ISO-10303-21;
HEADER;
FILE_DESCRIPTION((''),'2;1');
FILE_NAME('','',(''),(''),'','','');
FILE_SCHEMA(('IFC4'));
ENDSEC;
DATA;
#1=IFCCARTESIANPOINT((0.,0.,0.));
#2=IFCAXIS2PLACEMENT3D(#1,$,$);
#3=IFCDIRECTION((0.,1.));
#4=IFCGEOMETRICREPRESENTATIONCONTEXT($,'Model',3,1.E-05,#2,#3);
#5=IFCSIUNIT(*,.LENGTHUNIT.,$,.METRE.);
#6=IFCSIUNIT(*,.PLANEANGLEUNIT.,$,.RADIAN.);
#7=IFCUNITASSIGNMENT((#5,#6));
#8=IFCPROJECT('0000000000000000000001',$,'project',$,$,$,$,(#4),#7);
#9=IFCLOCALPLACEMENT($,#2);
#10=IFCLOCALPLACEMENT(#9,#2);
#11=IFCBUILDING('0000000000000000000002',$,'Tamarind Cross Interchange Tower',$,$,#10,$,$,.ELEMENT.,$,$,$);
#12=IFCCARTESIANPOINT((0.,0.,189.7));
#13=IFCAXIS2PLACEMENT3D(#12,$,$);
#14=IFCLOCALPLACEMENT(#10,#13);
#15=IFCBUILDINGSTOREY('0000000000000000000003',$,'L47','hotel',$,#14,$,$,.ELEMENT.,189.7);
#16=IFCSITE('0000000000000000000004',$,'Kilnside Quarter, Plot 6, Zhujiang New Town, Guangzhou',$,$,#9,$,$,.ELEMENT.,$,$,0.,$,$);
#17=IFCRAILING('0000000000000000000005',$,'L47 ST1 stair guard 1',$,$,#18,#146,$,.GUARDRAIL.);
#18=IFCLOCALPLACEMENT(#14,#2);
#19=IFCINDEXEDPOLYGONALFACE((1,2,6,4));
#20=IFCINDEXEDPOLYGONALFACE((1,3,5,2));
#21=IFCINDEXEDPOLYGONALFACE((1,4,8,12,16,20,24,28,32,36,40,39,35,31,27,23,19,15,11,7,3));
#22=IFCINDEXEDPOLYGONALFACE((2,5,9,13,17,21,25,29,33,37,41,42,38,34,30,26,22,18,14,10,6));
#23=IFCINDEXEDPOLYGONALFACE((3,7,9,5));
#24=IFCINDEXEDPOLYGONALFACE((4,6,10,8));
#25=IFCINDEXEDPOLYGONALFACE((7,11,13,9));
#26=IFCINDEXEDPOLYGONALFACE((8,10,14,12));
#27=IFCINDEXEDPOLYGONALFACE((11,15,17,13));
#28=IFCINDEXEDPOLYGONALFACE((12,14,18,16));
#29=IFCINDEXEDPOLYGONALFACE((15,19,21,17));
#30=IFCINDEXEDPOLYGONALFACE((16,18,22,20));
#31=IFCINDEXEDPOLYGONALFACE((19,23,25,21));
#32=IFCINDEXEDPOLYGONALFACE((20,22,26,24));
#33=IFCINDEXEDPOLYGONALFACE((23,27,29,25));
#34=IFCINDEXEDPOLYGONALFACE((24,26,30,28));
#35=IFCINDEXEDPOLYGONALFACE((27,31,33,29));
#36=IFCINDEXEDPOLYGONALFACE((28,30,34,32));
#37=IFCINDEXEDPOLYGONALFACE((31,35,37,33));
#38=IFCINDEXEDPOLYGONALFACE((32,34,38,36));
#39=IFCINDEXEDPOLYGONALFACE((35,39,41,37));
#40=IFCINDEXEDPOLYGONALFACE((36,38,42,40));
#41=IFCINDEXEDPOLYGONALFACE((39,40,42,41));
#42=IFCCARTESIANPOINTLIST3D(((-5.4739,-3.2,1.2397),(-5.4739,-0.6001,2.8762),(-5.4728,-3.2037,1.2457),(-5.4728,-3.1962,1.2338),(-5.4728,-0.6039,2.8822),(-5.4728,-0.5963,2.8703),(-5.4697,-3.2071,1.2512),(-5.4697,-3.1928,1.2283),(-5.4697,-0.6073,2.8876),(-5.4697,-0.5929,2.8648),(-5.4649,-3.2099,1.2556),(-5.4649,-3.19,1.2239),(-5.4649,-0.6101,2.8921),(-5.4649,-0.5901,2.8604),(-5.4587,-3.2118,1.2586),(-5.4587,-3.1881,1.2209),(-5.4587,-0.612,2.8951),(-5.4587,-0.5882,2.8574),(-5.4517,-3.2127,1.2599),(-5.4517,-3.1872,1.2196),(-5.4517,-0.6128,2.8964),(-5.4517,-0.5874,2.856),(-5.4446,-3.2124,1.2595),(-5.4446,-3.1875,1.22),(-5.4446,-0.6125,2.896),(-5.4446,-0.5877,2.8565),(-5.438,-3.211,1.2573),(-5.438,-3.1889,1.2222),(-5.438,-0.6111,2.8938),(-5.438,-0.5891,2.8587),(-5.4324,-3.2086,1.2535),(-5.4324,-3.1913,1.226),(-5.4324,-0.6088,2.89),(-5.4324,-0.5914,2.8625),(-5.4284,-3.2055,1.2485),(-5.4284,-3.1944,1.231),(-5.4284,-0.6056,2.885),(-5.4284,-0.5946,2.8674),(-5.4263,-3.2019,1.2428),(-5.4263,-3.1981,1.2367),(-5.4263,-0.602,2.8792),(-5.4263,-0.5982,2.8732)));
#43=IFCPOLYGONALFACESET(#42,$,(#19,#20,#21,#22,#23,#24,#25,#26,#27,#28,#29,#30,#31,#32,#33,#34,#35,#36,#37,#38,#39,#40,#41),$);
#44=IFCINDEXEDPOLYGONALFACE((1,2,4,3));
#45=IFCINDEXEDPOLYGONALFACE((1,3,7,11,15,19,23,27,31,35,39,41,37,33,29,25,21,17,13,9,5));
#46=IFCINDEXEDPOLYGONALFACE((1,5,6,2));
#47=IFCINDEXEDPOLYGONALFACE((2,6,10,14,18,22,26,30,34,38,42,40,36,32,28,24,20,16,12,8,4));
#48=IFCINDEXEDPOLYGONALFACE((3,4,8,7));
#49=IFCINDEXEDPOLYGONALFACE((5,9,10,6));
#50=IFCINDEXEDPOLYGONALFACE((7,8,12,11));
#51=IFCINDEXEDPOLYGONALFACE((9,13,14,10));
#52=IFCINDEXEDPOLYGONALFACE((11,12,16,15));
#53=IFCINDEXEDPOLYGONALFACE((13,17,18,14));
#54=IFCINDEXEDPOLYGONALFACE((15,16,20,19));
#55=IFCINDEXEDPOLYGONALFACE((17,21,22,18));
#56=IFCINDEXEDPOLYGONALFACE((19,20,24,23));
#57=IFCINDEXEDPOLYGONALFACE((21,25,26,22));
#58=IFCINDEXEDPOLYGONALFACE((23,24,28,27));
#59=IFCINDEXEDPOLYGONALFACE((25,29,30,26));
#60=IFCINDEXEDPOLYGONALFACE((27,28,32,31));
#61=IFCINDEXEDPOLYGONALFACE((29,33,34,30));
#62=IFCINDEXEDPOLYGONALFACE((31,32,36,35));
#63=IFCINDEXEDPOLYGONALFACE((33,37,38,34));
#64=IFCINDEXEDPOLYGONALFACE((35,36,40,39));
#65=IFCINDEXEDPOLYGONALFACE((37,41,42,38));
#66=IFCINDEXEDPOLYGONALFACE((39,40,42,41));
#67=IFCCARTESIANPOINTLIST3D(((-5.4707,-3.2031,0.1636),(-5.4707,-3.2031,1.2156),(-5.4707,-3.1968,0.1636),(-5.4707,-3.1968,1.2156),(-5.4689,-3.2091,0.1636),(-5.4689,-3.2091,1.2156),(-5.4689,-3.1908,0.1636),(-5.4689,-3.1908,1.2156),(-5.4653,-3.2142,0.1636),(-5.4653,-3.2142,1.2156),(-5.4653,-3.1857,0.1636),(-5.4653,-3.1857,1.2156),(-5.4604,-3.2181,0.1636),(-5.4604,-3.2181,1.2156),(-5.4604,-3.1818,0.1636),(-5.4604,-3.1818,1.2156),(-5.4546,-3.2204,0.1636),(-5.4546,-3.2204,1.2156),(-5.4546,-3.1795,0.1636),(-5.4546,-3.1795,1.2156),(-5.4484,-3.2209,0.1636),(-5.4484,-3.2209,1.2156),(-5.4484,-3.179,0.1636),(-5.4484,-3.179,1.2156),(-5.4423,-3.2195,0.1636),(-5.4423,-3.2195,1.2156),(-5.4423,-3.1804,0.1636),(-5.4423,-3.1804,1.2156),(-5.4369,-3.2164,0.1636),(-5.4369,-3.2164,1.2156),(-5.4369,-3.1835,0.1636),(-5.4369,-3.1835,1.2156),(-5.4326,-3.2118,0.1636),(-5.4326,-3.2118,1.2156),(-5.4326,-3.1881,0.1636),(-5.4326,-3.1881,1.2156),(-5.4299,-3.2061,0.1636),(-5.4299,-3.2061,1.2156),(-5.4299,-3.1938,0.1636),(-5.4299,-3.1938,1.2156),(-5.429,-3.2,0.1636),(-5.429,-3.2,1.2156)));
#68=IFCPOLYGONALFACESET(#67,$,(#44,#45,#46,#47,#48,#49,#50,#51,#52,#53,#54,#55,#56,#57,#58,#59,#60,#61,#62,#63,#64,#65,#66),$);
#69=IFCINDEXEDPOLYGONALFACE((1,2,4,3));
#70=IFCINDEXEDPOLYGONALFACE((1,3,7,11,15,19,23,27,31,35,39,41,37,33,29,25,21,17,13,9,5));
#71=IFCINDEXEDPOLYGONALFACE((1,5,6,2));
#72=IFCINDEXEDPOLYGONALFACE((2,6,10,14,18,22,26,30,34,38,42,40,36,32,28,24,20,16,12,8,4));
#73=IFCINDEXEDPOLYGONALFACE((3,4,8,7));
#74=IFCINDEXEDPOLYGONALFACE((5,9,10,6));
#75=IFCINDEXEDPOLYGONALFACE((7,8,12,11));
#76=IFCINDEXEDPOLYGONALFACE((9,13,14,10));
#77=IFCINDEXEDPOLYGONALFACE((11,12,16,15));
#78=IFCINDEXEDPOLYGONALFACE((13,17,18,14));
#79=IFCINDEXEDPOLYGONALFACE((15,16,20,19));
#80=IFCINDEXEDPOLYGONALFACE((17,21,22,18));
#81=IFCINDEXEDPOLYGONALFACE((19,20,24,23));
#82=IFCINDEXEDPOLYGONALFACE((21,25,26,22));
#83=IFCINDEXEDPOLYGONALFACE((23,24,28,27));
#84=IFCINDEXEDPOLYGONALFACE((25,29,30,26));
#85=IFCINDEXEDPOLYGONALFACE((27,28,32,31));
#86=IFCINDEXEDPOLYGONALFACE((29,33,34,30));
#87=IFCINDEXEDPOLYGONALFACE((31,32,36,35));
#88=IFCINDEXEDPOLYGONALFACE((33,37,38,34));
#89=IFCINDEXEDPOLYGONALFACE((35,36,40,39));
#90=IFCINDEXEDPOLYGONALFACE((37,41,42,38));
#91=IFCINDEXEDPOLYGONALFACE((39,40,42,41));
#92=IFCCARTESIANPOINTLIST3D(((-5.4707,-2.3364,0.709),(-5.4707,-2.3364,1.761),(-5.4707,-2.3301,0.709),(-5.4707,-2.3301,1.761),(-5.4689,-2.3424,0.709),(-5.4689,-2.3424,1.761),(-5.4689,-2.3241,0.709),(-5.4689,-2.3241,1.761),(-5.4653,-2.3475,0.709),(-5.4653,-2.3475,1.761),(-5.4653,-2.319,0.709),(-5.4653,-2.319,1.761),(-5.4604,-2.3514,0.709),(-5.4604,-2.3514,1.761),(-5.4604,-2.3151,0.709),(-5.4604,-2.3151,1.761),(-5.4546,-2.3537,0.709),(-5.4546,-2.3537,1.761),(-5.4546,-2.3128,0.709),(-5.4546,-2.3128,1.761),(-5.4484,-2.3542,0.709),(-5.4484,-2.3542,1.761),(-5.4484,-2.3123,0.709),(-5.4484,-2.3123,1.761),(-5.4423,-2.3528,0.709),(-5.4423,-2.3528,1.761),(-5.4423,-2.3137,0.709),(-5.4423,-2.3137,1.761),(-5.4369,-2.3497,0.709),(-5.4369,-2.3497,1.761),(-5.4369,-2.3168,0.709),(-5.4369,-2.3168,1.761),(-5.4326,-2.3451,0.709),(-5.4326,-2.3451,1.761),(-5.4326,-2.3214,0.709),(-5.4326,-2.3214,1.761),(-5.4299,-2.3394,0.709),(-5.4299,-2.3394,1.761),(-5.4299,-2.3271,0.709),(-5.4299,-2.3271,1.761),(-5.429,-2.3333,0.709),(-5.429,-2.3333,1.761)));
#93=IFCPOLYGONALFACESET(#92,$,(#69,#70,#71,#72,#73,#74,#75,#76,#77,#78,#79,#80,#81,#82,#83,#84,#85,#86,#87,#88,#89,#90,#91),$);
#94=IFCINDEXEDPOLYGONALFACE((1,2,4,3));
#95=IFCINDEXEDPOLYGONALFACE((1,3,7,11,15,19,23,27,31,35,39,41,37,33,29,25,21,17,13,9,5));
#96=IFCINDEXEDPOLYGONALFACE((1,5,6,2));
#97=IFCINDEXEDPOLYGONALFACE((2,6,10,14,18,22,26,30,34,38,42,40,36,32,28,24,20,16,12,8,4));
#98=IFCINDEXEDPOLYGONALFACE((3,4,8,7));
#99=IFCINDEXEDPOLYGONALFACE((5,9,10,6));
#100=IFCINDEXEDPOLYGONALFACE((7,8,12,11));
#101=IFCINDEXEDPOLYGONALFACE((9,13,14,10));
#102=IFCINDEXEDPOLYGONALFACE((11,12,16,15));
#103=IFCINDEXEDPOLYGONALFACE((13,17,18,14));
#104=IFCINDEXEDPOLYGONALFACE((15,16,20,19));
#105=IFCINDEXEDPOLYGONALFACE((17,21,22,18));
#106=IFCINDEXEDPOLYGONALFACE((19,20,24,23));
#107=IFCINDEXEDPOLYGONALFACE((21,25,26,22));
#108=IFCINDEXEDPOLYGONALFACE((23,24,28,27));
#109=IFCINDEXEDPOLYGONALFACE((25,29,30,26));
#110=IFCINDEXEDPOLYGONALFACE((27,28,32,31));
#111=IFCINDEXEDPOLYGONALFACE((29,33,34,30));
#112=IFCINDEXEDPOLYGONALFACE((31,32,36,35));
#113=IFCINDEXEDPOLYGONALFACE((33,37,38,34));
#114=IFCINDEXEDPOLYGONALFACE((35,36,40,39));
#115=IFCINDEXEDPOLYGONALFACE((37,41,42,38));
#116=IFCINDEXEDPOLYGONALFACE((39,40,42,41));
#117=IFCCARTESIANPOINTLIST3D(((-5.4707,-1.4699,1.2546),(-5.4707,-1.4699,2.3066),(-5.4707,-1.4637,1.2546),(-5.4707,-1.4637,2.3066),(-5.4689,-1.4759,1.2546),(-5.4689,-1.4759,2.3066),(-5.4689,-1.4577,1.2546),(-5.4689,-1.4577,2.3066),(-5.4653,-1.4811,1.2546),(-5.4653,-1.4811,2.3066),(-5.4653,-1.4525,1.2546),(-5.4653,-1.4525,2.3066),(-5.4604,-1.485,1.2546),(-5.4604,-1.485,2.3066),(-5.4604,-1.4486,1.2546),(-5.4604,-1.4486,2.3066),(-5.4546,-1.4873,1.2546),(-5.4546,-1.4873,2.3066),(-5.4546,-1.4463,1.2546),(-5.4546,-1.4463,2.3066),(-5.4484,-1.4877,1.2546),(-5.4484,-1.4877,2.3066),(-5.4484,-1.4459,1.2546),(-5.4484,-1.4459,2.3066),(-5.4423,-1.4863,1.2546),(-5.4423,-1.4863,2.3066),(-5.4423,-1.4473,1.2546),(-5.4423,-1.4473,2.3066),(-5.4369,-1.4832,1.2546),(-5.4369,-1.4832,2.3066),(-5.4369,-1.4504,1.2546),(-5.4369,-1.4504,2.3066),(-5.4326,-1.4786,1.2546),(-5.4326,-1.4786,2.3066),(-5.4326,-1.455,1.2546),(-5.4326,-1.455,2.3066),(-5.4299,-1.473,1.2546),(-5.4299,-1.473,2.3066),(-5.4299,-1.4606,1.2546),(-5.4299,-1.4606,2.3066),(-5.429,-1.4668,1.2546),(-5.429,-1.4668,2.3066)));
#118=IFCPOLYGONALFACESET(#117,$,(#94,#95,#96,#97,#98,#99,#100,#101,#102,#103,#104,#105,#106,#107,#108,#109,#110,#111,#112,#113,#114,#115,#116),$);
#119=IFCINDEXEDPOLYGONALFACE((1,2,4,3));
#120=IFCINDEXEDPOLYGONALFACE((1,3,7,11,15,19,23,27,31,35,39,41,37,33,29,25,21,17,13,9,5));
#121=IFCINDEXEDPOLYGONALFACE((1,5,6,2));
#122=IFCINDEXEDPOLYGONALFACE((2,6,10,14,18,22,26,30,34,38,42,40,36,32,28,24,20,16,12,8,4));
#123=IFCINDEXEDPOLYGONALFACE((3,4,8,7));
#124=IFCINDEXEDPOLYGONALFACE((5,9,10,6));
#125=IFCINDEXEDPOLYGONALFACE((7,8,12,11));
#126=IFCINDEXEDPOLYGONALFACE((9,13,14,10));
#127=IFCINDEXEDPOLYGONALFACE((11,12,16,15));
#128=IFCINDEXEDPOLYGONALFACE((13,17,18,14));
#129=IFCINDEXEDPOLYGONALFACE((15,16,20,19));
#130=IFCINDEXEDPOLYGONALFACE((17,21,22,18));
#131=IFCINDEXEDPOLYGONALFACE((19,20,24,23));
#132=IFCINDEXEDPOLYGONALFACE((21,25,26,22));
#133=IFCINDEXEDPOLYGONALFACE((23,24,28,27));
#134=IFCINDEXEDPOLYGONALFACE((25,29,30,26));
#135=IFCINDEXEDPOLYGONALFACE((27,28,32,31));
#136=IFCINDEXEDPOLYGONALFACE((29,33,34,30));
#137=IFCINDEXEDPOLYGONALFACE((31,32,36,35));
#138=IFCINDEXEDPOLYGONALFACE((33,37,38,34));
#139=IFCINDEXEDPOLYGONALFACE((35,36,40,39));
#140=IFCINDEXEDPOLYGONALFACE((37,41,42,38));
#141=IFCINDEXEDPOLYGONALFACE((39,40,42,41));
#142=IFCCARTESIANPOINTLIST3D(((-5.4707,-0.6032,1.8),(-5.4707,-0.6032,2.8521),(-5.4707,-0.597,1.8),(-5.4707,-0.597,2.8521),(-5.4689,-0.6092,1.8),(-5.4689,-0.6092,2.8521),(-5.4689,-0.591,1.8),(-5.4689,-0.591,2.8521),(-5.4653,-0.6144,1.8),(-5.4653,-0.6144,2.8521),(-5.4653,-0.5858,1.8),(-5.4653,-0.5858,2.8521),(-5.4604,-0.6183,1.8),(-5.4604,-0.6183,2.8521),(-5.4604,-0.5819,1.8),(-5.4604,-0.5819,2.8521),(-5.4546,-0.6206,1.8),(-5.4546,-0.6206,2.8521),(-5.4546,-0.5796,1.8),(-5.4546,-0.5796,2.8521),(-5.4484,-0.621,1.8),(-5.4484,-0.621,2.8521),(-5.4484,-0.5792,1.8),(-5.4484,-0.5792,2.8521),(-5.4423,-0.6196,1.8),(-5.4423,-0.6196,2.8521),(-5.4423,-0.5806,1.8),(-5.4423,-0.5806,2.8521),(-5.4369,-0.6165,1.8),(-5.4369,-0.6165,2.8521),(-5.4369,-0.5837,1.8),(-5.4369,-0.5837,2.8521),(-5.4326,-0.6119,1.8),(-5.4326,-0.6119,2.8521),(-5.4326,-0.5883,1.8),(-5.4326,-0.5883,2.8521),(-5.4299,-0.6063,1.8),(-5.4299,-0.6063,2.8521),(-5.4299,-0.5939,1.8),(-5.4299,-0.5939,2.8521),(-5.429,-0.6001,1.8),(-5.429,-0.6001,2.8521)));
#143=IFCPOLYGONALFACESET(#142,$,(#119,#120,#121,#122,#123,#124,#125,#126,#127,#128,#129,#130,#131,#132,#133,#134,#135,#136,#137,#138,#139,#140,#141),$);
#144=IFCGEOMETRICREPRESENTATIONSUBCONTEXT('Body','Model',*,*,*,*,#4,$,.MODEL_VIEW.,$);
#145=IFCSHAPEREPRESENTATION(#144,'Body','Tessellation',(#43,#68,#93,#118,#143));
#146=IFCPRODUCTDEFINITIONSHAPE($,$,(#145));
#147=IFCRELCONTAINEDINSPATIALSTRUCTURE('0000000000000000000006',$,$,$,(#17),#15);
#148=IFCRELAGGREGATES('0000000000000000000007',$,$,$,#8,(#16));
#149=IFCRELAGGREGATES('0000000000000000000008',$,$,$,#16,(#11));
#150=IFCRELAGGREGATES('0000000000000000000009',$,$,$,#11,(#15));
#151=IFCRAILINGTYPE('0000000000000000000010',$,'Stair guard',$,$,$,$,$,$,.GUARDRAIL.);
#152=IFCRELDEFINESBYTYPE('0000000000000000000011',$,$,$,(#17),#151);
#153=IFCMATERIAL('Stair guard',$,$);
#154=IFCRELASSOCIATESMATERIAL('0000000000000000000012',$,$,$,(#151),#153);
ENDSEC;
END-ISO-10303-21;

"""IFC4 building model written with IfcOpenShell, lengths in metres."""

from ifc_helpers import new_model, si_unit, direction, frame, origin, origin_2d, place, context, subcontext, project, spatial, circle, extrude, material, type_object, element, save


model = new_model("IFC4")

# Units and contexts
model_context = context("Model", 3, precision=1e-05, world=origin(), true_north=direction((0.0, 1.0)))
body_context = subcontext(model_context, "Body", "Model", "MODEL_VIEW")
ifc_project = project(units=[si_unit("LENGTHUNIT", "METRE"), si_unit("PLANEANGLEUNIT", "RADIAN")], contexts=[model_context])

# Site, building, storey
site_placement = place(None, origin())
site = spatial("IfcSite", under=ifc_project, at=site_placement, Name="Kilnside Quarter, Plot 6, Zhujiang New Town, Guangzhou", CompositionType="ELEMENT", RefElevation=0.0)
building_placement = place(site_placement, origin())
building = spatial("IfcBuilding", under=site, at=building_placement, Name="Tamarind Cross Interchange Tower", CompositionType="ELEMENT")
storey_placement = place(building_placement, frame((0.0, 0.0, 189.7)))
storey = spatial("IfcBuildingStorey", under=building, at=storey_placement, Name="L47", Description="hotel", CompositionType="ELEMENT", Elevation=189.7)

# Railing
ifc_material_1 = material(Name="Stair guard")
railing_type_1 = type_object("IfcRailingType", Name="Stair guard", PredefinedType="GUARDRAIL", material=ifc_material_1)
railing_1_placement = place(storey_placement, frame((-5.45, -3.2, 0.1636)))
element("IfcRailing", 1, at=railing_1_placement, inside=storey, type_object=railing_type_1, Name="L47 ST1 stair guard 1", PredefinedType="GUARDRAIL", context=body_context, shape_type="SweptSolid", body=[
    extrude(circle(Radius=0.0239, at=origin_2d()), frame((0.0, 0.0, 1.0762), z_axis=(0.0, 0.846302, 0.532704), x_axis=(-1.0, 0.0, 0.0)), (0.0, 0.0, 1.0), 3.072),
    extrude(circle(Radius=0.021, at=origin_2d()), origin(), (0.0, 0.0, 1.0), 1.052),
    extrude(circle(Radius=0.021, at=origin_2d()), frame((0.0, 0.8667, 0.5454)), (0.0, 0.0, 1.0), 1.052),
    extrude(circle(Radius=0.021, at=origin_2d()), frame((0.0, 1.7332, 1.0911)), (0.0, 0.0, 1.0), 1.052),
    extrude(circle(Radius=0.021, at=origin_2d()), frame((0.0, 2.5999, 1.6365)), (0.0, 0.0, 1.0), 1.052),
])

save(model, "model.ifc")
